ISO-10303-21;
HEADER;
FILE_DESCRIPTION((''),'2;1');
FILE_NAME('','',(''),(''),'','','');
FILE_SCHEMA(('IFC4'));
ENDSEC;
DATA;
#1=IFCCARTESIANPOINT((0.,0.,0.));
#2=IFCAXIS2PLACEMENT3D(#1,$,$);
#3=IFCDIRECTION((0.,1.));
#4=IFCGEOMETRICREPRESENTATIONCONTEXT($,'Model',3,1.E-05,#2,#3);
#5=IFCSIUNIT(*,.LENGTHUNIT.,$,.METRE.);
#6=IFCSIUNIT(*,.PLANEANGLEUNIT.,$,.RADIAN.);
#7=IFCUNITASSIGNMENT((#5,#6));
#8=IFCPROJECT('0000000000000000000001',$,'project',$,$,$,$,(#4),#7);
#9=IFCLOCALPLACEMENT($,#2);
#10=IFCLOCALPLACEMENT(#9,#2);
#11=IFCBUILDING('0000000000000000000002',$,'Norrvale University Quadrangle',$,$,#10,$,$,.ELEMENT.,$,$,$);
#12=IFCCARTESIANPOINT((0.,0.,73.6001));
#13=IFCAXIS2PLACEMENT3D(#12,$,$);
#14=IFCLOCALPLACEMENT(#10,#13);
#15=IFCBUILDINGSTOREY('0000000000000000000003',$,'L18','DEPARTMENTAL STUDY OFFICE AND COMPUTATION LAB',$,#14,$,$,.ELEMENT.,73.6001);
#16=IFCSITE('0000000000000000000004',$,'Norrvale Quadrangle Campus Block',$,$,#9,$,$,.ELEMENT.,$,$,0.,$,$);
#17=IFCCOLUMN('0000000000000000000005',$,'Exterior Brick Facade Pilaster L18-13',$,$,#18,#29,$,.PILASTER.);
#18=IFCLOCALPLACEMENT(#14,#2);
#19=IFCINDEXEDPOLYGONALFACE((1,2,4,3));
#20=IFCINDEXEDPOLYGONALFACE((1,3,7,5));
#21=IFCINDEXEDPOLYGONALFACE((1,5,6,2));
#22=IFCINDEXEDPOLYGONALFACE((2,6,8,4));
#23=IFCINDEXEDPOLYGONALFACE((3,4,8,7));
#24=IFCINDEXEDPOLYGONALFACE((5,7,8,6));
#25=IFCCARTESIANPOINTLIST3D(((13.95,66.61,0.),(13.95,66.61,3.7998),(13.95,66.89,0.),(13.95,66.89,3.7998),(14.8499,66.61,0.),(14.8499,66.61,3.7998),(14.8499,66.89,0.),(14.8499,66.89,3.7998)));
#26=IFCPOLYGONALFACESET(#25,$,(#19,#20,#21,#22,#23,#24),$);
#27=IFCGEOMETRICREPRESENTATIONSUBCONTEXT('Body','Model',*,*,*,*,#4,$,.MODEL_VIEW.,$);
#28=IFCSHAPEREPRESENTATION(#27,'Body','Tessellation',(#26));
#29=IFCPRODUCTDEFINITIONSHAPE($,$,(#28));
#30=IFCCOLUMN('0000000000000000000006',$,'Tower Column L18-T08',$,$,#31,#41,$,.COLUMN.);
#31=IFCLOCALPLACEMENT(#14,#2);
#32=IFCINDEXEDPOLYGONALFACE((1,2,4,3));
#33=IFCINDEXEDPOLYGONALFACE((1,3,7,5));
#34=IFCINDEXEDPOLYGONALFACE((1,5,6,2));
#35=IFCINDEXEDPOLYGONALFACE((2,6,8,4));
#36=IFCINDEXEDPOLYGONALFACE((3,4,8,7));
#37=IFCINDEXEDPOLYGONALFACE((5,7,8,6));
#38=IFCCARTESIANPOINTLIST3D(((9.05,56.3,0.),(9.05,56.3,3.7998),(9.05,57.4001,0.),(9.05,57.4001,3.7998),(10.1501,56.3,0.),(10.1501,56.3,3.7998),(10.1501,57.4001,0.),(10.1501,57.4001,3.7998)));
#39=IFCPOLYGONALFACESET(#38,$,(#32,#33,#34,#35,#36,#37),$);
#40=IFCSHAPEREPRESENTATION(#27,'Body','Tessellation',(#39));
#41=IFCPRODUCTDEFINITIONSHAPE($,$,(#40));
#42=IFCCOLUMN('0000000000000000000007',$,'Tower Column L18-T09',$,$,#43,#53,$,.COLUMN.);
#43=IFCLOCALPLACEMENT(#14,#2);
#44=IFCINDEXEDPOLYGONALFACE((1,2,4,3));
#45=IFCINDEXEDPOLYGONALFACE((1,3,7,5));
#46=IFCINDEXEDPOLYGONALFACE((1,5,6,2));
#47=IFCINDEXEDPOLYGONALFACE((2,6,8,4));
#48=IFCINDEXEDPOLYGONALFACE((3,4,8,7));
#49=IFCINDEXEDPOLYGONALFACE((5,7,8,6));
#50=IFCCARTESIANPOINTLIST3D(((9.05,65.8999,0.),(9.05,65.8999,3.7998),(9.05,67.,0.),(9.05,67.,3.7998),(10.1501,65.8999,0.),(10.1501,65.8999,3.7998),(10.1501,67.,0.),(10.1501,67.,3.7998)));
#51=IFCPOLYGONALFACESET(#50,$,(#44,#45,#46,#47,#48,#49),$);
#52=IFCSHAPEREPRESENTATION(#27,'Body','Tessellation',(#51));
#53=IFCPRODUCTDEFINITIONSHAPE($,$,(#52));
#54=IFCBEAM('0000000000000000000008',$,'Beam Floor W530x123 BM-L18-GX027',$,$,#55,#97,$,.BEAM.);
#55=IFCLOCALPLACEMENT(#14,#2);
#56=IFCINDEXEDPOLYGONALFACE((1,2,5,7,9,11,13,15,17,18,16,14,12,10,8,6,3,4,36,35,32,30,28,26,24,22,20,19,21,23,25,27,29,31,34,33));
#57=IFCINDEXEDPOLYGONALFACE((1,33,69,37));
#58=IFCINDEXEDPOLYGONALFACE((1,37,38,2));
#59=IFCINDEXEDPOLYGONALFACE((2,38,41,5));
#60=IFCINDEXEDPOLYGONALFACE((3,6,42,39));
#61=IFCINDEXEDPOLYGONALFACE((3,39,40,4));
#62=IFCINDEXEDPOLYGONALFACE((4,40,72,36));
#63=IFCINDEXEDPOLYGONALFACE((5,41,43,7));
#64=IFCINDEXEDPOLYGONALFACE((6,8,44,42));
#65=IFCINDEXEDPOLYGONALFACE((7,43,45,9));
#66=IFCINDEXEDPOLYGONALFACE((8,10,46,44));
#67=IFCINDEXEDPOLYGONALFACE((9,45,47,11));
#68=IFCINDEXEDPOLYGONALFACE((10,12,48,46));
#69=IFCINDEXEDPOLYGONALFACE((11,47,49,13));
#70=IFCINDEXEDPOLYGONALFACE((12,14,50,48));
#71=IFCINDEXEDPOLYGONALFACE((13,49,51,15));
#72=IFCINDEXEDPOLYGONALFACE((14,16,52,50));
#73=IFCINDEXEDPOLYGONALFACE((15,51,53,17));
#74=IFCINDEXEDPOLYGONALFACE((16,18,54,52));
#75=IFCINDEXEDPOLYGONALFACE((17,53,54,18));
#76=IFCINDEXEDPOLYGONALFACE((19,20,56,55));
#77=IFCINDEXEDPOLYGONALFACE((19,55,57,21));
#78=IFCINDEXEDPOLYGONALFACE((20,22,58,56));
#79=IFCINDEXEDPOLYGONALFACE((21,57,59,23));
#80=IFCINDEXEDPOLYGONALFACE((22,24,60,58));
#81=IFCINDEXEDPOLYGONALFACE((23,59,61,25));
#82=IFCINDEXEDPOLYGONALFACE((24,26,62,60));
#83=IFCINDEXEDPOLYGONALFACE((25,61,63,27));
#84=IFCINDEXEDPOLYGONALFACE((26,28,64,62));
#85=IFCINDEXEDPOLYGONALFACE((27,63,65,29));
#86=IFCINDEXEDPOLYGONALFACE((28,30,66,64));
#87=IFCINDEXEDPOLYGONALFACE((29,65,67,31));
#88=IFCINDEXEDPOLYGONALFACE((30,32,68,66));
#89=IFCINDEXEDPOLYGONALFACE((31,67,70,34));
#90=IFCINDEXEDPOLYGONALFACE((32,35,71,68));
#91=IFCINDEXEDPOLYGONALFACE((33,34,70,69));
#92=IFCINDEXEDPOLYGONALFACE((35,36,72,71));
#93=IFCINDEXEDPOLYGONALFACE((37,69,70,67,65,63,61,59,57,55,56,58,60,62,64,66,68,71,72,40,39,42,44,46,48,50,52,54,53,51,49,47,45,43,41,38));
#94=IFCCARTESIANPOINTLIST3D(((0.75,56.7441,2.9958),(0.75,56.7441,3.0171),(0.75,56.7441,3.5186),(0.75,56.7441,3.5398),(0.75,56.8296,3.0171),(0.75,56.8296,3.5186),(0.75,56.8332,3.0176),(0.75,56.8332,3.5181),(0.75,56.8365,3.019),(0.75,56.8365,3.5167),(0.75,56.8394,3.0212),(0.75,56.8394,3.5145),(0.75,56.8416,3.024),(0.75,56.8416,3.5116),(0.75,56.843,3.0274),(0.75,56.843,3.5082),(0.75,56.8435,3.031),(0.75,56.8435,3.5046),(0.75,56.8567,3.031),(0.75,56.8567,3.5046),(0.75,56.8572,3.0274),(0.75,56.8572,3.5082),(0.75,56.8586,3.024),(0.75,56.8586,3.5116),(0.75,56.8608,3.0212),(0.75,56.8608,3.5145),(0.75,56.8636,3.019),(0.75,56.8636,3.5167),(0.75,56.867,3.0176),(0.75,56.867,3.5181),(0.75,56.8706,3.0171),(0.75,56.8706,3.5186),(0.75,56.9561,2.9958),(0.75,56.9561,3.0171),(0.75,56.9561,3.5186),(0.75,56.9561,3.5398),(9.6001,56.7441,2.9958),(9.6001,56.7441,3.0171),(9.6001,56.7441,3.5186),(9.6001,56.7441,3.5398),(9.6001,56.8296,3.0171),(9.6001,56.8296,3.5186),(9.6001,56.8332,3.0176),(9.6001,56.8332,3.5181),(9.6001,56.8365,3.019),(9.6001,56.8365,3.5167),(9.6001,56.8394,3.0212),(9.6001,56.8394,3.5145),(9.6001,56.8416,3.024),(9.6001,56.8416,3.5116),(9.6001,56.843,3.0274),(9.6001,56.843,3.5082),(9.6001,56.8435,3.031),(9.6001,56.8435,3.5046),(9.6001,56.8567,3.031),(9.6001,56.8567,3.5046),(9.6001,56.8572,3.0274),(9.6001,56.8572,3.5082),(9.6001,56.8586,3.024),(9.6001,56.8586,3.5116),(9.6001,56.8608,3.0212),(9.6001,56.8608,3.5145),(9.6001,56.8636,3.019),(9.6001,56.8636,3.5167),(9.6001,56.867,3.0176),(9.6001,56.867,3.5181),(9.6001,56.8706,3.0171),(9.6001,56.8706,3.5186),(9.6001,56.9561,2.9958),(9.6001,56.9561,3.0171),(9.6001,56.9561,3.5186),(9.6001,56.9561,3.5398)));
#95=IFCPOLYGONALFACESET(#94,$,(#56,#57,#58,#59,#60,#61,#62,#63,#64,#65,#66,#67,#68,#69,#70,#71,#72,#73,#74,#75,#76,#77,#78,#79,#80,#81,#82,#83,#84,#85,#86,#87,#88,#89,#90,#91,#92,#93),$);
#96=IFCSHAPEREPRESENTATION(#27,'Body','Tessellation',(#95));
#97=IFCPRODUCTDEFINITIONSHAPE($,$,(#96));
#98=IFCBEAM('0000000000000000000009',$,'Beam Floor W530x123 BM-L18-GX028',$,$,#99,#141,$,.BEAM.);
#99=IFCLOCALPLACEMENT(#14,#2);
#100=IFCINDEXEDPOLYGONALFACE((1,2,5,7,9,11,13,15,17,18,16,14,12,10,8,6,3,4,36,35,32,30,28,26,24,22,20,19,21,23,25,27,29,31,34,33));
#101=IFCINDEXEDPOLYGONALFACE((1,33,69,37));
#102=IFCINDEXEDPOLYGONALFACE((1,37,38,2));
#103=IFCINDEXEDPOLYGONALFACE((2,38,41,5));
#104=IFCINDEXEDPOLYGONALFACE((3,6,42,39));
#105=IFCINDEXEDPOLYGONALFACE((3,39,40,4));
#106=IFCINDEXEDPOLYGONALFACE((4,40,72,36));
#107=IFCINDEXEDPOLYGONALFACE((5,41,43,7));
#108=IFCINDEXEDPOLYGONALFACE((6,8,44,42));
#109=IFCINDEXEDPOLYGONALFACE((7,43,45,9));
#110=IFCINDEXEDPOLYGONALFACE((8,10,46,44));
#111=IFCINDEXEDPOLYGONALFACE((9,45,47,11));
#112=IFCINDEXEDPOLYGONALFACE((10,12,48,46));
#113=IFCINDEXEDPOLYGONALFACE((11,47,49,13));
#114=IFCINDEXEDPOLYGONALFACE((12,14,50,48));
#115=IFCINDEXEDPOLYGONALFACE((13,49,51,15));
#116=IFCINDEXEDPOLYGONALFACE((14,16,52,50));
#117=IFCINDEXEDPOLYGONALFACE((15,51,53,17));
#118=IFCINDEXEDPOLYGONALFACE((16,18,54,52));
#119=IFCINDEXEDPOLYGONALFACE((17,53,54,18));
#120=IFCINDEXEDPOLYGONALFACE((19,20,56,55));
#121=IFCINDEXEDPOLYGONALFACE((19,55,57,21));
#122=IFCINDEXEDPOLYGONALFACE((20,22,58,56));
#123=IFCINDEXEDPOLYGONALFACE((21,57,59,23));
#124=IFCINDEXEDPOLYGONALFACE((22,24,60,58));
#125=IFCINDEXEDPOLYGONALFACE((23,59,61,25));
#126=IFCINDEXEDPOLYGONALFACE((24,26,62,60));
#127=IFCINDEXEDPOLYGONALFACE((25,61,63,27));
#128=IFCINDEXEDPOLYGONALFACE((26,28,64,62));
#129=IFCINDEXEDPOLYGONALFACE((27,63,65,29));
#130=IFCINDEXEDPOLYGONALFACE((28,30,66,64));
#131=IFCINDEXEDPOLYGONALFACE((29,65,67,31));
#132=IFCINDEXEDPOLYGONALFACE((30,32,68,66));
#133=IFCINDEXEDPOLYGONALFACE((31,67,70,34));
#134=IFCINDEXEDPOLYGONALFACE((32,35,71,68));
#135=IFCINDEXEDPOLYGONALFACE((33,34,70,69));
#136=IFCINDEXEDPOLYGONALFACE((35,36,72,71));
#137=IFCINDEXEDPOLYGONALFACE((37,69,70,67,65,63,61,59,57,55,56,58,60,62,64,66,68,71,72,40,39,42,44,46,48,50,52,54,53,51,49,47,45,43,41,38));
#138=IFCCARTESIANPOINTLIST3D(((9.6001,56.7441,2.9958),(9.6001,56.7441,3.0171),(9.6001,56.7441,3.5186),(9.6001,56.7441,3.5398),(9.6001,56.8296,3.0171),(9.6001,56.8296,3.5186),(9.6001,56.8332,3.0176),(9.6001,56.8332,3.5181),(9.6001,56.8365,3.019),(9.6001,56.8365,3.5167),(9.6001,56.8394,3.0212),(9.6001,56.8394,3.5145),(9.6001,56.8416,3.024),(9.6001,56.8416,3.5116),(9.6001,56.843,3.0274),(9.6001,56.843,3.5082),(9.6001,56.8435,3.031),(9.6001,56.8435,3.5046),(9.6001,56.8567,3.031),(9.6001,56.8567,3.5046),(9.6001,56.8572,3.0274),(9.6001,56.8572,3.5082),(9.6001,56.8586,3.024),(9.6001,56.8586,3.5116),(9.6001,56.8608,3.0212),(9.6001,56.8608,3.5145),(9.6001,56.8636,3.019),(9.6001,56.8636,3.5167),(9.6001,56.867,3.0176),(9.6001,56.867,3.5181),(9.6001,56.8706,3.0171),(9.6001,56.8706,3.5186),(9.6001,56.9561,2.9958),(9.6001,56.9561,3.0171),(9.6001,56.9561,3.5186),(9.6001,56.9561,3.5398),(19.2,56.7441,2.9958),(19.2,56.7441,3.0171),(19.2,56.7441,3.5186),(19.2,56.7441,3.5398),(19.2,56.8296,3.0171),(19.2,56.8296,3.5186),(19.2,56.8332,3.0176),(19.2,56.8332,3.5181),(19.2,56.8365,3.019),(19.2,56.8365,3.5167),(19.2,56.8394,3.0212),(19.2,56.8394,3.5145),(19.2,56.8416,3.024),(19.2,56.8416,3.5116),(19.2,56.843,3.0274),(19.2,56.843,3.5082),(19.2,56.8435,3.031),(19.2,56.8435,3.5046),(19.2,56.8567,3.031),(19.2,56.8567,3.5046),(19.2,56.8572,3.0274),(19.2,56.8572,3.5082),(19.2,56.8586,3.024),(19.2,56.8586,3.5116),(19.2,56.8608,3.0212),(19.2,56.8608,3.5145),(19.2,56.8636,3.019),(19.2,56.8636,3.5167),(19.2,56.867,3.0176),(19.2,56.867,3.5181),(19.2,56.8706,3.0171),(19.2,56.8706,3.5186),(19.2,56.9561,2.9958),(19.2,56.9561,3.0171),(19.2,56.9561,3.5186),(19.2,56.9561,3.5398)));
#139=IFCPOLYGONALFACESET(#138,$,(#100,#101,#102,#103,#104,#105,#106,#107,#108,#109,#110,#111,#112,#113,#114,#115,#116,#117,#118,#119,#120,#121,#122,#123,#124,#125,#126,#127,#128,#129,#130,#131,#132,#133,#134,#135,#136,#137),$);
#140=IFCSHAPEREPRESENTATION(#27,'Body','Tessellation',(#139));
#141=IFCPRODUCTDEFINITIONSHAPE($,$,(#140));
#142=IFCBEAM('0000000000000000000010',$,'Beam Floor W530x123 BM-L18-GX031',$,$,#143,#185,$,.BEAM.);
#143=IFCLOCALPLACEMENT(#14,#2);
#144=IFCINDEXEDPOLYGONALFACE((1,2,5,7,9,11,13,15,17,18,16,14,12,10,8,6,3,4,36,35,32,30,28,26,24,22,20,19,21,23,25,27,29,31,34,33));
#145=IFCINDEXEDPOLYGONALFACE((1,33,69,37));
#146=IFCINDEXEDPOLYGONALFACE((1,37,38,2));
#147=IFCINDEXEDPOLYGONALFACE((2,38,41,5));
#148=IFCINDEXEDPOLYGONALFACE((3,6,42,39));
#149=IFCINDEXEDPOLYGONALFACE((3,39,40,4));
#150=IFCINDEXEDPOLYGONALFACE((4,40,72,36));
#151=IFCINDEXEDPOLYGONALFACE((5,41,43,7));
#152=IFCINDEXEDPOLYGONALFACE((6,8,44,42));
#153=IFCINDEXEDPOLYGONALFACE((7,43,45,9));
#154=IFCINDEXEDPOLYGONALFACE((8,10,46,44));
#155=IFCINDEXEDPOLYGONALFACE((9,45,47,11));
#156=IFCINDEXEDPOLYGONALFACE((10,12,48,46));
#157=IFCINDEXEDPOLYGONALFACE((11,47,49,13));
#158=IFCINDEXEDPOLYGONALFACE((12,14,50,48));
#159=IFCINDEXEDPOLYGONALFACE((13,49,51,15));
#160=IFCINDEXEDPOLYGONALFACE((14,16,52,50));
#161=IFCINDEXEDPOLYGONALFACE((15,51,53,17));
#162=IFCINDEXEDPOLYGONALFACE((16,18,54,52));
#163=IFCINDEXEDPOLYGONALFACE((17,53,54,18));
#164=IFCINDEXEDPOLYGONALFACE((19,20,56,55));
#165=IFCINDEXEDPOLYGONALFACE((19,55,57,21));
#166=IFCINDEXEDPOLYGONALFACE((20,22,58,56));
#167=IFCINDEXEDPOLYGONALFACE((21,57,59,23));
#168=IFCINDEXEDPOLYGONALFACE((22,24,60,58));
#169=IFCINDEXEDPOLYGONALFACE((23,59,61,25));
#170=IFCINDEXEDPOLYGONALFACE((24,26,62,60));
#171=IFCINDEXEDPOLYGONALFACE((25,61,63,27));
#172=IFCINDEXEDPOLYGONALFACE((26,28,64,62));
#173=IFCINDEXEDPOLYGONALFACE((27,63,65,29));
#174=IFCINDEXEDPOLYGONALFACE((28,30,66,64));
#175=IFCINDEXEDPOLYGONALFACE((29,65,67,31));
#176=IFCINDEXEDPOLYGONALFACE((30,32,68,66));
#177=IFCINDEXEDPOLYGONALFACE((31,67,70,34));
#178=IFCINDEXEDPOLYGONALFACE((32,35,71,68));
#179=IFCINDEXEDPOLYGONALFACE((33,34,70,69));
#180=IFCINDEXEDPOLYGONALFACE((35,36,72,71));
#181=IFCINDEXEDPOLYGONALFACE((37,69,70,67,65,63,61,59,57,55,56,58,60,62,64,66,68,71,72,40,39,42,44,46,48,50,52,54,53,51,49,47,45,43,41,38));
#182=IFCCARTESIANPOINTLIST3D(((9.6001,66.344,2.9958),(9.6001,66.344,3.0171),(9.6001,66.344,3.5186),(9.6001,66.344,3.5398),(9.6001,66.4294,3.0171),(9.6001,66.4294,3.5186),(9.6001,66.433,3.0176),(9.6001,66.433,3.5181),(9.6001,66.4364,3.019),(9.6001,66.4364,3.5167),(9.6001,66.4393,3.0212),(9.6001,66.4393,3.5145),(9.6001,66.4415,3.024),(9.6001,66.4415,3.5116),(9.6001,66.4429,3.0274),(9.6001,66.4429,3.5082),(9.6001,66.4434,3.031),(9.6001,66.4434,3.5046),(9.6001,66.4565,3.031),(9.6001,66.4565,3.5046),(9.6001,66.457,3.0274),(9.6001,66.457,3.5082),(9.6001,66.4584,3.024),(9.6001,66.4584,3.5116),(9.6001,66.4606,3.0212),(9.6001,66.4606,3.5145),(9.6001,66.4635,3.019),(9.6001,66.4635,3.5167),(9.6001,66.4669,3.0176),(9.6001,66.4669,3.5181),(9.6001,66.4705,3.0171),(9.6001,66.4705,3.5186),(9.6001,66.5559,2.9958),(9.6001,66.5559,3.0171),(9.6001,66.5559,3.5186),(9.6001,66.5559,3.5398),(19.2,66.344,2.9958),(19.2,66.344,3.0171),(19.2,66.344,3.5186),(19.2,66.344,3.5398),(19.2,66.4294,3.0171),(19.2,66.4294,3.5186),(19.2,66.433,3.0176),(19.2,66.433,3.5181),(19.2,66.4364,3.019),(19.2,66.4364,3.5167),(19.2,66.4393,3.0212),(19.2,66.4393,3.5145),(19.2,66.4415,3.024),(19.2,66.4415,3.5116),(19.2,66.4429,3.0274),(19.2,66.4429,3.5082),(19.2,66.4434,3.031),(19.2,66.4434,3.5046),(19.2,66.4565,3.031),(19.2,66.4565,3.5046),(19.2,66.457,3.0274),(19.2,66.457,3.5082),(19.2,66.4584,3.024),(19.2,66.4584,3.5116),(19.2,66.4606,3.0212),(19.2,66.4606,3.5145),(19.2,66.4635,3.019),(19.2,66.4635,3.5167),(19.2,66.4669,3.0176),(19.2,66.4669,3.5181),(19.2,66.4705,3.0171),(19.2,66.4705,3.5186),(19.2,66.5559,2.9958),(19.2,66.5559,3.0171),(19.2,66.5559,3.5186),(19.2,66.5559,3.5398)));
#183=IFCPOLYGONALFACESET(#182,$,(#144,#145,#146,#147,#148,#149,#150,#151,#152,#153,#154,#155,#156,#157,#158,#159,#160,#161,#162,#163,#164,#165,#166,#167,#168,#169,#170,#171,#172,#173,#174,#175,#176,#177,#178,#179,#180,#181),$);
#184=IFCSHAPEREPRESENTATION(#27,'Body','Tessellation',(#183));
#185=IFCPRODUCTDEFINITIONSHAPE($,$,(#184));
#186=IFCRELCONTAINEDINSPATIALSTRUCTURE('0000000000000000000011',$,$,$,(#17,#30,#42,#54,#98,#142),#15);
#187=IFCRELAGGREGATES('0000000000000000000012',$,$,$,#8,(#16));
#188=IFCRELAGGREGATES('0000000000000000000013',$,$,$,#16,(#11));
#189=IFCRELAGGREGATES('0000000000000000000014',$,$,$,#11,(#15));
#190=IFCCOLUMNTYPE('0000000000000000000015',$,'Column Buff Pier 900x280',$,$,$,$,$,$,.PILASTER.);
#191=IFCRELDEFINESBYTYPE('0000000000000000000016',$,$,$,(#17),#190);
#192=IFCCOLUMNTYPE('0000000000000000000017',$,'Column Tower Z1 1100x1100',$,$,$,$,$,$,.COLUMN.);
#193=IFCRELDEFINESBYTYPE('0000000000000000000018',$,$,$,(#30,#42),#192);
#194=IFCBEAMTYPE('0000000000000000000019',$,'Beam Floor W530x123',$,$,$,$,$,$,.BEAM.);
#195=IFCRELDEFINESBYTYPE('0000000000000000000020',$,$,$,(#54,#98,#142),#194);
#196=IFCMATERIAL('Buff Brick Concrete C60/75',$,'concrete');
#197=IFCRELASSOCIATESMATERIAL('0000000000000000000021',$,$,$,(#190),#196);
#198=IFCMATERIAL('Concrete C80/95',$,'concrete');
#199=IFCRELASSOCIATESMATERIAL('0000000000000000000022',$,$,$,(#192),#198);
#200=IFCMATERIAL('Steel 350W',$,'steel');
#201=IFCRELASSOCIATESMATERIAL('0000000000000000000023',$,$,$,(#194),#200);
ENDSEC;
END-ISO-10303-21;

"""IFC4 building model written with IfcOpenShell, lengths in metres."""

from ifc_helpers import new_model, si_unit, direction, frame, origin, origin_2d, place, context, subcontext, project, spatial, rectangle, i_section, extrude, material, material_profile, profile_set, type_object, element, save


model = new_model("IFC4")

# Units and contexts
model_context = context("Model", 3, precision=1e-05, world=origin(), true_north=direction((0.0, 1.0)))
body_context = subcontext(model_context, "Body", "Model", "MODEL_VIEW")
ifc_project = project(units=[si_unit("LENGTHUNIT", "METRE"), si_unit("PLANEANGLEUNIT", "RADIAN")], contexts=[model_context])

# Site, building, storey
site_placement = place(None, origin())
site = spatial("IfcSite", under=ifc_project, at=site_placement, Name="Norrvale Quadrangle Campus Block", CompositionType="ELEMENT", RefElevation=0.0)
building_placement = place(site_placement, origin())
building = spatial("IfcBuilding", under=site, at=building_placement, Name="Norrvale University Quadrangle", CompositionType="ELEMENT")
storey_placement = place(building_placement, frame((0.0, 0.0, 73.6001)))
storey = spatial("IfcBuildingStorey", under=building, at=storey_placement, Name="L18", Description="DEPARTMENTAL STUDY OFFICE AND COMPUTATION LAB", CompositionType="ELEMENT", Elevation=73.6001)

# Columns
ifc_material_1 = material(Name="Buff Brick Concrete C60/75", Category="concrete")
ifc_material_profile_1 = material_profile(ifc_material_1, rectangle(XDim=0.8999, YDim=0.28, at=origin_2d()), Name="Buff Brick Concrete C60/75")
ifc_profile_set_1 = profile_set([ifc_material_profile_1], Name="Buff Brick Concrete C60/75")
column_type_1 = type_object("IfcColumnType", Name="Column Buff Pier 900x280", PredefinedType="PILASTER", material=ifc_profile_set_1)
column_placement = place(storey_placement, frame((14.3999, 66.75, 0.0), z_axis=(0.0, 0.0, 1.0), x_axis=(1.0, 0.0, 0.0)))
element("IfcColumn", 1, at=column_placement, inside=storey, type_object=column_type_1, Name="Exterior Brick Facade Pilaster L18-13", PredefinedType="PILASTER", context=body_context, shape_type="SweptSolid", body=[
    extrude(rectangle(XDim=0.8999, YDim=0.28, at=origin_2d()), origin(), (0.0, 0.0, 1.0), 3.7998),
])
ifc_material_2 = material(Name="Concrete C80/95", Category="concrete")
ifc_material_profile_2 = material_profile(ifc_material_2, rectangle(XDim=1.1001, YDim=1.1001, at=origin_2d()), Name="Concrete C80/95")
ifc_profile_set_2 = profile_set([ifc_material_profile_2], Name="Concrete C80/95")
column_type_2 = type_object("IfcColumnType", Name="Column Tower Z1 1100x1100", PredefinedType="COLUMN", material=ifc_profile_set_2)
for number, where, z_axis, x_axis, name in (
    (2, (9.6001, 56.8501, 0.0), (0.0, 0.0, 1.0), (1.0, 0.0, 0.0), "Tower Column L18-T08"),
    (3, (9.6001, 66.45, 0.0), (0.0, 0.0, 1.0), (1.0, 0.0, 0.0), "Tower Column L18-T09"),
):
    element("IfcColumn", number, at=place(storey_placement, frame(where, z_axis=z_axis, x_axis=x_axis)), inside=storey, type_object=column_type_2, Name=name, PredefinedType="COLUMN", context=body_context, shape_type="SweptSolid", body=[
        extrude(rectangle(XDim=1.1001, YDim=1.1001, at=origin_2d()), origin(), (0.0, 0.0, 1.0), 3.7998),
    ])

# Beams
ifc_material_3 = material(Name="Steel 350W", Category="steel")
ifc_material_profile_3 = material_profile(ifc_material_3, i_section(OverallWidth=0.2119, OverallDepth=0.5439, WebThickness=0.0132, FlangeThickness=0.0212, FilletRadius=0.0139, at=origin_2d()), Name="Steel 350W")
ifc_profile_set_3 = profile_set([ifc_material_profile_3], Name="Steel 350W")
beam_type_1 = type_object("IfcBeamType", Name="Beam Floor W530x123", PredefinedType="BEAM", material=ifc_profile_set_3)
beam_1_placement = place(storey_placement, frame((0.75, 56.8501, 3.2678), z_axis=(1.0, 0.0, 0.0), x_axis=(0.0, 1.0, 0.0)))
element("IfcBeam", 4, at=beam_1_placement, inside=storey, type_object=beam_type_1, Name="Beam Floor W530x123 BM-L18-GX027", PredefinedType="BEAM", context=body_context, shape_type="SweptSolid", body=[
    extrude(i_section(OverallWidth=0.2119, OverallDepth=0.5439, WebThickness=0.0132, FlangeThickness=0.0212, FilletRadius=0.0139, at=origin_2d()), origin(), (0.0, 0.0, 1.0), 8.8501),
])
for number, where, z_axis, x_axis, name in (
    (5, (9.6001, 56.8501, 3.2678), (1.0, 0.0, 0.0), (0.0, 1.0, 0.0), "Beam Floor W530x123 BM-L18-GX028"),
    (6, (9.6001, 66.45, 3.2678), (1.0, 0.0, 0.0), (0.0, 1.0, 0.0), "Beam Floor W530x123 BM-L18-GX031"),
):
    element("IfcBeam", number, at=place(storey_placement, frame(where, z_axis=z_axis, x_axis=x_axis)), inside=storey, type_object=beam_type_1, Name=name, PredefinedType="BEAM", context=body_context, shape_type="SweptSolid", body=[
        extrude(i_section(OverallWidth=0.2119, OverallDepth=0.5439, WebThickness=0.0132, FlangeThickness=0.0212, FilletRadius=0.0139, at=origin_2d()), origin(), (0.0, 0.0, 1.0), 9.5999),
    ])

save(model, "model.ifc")
